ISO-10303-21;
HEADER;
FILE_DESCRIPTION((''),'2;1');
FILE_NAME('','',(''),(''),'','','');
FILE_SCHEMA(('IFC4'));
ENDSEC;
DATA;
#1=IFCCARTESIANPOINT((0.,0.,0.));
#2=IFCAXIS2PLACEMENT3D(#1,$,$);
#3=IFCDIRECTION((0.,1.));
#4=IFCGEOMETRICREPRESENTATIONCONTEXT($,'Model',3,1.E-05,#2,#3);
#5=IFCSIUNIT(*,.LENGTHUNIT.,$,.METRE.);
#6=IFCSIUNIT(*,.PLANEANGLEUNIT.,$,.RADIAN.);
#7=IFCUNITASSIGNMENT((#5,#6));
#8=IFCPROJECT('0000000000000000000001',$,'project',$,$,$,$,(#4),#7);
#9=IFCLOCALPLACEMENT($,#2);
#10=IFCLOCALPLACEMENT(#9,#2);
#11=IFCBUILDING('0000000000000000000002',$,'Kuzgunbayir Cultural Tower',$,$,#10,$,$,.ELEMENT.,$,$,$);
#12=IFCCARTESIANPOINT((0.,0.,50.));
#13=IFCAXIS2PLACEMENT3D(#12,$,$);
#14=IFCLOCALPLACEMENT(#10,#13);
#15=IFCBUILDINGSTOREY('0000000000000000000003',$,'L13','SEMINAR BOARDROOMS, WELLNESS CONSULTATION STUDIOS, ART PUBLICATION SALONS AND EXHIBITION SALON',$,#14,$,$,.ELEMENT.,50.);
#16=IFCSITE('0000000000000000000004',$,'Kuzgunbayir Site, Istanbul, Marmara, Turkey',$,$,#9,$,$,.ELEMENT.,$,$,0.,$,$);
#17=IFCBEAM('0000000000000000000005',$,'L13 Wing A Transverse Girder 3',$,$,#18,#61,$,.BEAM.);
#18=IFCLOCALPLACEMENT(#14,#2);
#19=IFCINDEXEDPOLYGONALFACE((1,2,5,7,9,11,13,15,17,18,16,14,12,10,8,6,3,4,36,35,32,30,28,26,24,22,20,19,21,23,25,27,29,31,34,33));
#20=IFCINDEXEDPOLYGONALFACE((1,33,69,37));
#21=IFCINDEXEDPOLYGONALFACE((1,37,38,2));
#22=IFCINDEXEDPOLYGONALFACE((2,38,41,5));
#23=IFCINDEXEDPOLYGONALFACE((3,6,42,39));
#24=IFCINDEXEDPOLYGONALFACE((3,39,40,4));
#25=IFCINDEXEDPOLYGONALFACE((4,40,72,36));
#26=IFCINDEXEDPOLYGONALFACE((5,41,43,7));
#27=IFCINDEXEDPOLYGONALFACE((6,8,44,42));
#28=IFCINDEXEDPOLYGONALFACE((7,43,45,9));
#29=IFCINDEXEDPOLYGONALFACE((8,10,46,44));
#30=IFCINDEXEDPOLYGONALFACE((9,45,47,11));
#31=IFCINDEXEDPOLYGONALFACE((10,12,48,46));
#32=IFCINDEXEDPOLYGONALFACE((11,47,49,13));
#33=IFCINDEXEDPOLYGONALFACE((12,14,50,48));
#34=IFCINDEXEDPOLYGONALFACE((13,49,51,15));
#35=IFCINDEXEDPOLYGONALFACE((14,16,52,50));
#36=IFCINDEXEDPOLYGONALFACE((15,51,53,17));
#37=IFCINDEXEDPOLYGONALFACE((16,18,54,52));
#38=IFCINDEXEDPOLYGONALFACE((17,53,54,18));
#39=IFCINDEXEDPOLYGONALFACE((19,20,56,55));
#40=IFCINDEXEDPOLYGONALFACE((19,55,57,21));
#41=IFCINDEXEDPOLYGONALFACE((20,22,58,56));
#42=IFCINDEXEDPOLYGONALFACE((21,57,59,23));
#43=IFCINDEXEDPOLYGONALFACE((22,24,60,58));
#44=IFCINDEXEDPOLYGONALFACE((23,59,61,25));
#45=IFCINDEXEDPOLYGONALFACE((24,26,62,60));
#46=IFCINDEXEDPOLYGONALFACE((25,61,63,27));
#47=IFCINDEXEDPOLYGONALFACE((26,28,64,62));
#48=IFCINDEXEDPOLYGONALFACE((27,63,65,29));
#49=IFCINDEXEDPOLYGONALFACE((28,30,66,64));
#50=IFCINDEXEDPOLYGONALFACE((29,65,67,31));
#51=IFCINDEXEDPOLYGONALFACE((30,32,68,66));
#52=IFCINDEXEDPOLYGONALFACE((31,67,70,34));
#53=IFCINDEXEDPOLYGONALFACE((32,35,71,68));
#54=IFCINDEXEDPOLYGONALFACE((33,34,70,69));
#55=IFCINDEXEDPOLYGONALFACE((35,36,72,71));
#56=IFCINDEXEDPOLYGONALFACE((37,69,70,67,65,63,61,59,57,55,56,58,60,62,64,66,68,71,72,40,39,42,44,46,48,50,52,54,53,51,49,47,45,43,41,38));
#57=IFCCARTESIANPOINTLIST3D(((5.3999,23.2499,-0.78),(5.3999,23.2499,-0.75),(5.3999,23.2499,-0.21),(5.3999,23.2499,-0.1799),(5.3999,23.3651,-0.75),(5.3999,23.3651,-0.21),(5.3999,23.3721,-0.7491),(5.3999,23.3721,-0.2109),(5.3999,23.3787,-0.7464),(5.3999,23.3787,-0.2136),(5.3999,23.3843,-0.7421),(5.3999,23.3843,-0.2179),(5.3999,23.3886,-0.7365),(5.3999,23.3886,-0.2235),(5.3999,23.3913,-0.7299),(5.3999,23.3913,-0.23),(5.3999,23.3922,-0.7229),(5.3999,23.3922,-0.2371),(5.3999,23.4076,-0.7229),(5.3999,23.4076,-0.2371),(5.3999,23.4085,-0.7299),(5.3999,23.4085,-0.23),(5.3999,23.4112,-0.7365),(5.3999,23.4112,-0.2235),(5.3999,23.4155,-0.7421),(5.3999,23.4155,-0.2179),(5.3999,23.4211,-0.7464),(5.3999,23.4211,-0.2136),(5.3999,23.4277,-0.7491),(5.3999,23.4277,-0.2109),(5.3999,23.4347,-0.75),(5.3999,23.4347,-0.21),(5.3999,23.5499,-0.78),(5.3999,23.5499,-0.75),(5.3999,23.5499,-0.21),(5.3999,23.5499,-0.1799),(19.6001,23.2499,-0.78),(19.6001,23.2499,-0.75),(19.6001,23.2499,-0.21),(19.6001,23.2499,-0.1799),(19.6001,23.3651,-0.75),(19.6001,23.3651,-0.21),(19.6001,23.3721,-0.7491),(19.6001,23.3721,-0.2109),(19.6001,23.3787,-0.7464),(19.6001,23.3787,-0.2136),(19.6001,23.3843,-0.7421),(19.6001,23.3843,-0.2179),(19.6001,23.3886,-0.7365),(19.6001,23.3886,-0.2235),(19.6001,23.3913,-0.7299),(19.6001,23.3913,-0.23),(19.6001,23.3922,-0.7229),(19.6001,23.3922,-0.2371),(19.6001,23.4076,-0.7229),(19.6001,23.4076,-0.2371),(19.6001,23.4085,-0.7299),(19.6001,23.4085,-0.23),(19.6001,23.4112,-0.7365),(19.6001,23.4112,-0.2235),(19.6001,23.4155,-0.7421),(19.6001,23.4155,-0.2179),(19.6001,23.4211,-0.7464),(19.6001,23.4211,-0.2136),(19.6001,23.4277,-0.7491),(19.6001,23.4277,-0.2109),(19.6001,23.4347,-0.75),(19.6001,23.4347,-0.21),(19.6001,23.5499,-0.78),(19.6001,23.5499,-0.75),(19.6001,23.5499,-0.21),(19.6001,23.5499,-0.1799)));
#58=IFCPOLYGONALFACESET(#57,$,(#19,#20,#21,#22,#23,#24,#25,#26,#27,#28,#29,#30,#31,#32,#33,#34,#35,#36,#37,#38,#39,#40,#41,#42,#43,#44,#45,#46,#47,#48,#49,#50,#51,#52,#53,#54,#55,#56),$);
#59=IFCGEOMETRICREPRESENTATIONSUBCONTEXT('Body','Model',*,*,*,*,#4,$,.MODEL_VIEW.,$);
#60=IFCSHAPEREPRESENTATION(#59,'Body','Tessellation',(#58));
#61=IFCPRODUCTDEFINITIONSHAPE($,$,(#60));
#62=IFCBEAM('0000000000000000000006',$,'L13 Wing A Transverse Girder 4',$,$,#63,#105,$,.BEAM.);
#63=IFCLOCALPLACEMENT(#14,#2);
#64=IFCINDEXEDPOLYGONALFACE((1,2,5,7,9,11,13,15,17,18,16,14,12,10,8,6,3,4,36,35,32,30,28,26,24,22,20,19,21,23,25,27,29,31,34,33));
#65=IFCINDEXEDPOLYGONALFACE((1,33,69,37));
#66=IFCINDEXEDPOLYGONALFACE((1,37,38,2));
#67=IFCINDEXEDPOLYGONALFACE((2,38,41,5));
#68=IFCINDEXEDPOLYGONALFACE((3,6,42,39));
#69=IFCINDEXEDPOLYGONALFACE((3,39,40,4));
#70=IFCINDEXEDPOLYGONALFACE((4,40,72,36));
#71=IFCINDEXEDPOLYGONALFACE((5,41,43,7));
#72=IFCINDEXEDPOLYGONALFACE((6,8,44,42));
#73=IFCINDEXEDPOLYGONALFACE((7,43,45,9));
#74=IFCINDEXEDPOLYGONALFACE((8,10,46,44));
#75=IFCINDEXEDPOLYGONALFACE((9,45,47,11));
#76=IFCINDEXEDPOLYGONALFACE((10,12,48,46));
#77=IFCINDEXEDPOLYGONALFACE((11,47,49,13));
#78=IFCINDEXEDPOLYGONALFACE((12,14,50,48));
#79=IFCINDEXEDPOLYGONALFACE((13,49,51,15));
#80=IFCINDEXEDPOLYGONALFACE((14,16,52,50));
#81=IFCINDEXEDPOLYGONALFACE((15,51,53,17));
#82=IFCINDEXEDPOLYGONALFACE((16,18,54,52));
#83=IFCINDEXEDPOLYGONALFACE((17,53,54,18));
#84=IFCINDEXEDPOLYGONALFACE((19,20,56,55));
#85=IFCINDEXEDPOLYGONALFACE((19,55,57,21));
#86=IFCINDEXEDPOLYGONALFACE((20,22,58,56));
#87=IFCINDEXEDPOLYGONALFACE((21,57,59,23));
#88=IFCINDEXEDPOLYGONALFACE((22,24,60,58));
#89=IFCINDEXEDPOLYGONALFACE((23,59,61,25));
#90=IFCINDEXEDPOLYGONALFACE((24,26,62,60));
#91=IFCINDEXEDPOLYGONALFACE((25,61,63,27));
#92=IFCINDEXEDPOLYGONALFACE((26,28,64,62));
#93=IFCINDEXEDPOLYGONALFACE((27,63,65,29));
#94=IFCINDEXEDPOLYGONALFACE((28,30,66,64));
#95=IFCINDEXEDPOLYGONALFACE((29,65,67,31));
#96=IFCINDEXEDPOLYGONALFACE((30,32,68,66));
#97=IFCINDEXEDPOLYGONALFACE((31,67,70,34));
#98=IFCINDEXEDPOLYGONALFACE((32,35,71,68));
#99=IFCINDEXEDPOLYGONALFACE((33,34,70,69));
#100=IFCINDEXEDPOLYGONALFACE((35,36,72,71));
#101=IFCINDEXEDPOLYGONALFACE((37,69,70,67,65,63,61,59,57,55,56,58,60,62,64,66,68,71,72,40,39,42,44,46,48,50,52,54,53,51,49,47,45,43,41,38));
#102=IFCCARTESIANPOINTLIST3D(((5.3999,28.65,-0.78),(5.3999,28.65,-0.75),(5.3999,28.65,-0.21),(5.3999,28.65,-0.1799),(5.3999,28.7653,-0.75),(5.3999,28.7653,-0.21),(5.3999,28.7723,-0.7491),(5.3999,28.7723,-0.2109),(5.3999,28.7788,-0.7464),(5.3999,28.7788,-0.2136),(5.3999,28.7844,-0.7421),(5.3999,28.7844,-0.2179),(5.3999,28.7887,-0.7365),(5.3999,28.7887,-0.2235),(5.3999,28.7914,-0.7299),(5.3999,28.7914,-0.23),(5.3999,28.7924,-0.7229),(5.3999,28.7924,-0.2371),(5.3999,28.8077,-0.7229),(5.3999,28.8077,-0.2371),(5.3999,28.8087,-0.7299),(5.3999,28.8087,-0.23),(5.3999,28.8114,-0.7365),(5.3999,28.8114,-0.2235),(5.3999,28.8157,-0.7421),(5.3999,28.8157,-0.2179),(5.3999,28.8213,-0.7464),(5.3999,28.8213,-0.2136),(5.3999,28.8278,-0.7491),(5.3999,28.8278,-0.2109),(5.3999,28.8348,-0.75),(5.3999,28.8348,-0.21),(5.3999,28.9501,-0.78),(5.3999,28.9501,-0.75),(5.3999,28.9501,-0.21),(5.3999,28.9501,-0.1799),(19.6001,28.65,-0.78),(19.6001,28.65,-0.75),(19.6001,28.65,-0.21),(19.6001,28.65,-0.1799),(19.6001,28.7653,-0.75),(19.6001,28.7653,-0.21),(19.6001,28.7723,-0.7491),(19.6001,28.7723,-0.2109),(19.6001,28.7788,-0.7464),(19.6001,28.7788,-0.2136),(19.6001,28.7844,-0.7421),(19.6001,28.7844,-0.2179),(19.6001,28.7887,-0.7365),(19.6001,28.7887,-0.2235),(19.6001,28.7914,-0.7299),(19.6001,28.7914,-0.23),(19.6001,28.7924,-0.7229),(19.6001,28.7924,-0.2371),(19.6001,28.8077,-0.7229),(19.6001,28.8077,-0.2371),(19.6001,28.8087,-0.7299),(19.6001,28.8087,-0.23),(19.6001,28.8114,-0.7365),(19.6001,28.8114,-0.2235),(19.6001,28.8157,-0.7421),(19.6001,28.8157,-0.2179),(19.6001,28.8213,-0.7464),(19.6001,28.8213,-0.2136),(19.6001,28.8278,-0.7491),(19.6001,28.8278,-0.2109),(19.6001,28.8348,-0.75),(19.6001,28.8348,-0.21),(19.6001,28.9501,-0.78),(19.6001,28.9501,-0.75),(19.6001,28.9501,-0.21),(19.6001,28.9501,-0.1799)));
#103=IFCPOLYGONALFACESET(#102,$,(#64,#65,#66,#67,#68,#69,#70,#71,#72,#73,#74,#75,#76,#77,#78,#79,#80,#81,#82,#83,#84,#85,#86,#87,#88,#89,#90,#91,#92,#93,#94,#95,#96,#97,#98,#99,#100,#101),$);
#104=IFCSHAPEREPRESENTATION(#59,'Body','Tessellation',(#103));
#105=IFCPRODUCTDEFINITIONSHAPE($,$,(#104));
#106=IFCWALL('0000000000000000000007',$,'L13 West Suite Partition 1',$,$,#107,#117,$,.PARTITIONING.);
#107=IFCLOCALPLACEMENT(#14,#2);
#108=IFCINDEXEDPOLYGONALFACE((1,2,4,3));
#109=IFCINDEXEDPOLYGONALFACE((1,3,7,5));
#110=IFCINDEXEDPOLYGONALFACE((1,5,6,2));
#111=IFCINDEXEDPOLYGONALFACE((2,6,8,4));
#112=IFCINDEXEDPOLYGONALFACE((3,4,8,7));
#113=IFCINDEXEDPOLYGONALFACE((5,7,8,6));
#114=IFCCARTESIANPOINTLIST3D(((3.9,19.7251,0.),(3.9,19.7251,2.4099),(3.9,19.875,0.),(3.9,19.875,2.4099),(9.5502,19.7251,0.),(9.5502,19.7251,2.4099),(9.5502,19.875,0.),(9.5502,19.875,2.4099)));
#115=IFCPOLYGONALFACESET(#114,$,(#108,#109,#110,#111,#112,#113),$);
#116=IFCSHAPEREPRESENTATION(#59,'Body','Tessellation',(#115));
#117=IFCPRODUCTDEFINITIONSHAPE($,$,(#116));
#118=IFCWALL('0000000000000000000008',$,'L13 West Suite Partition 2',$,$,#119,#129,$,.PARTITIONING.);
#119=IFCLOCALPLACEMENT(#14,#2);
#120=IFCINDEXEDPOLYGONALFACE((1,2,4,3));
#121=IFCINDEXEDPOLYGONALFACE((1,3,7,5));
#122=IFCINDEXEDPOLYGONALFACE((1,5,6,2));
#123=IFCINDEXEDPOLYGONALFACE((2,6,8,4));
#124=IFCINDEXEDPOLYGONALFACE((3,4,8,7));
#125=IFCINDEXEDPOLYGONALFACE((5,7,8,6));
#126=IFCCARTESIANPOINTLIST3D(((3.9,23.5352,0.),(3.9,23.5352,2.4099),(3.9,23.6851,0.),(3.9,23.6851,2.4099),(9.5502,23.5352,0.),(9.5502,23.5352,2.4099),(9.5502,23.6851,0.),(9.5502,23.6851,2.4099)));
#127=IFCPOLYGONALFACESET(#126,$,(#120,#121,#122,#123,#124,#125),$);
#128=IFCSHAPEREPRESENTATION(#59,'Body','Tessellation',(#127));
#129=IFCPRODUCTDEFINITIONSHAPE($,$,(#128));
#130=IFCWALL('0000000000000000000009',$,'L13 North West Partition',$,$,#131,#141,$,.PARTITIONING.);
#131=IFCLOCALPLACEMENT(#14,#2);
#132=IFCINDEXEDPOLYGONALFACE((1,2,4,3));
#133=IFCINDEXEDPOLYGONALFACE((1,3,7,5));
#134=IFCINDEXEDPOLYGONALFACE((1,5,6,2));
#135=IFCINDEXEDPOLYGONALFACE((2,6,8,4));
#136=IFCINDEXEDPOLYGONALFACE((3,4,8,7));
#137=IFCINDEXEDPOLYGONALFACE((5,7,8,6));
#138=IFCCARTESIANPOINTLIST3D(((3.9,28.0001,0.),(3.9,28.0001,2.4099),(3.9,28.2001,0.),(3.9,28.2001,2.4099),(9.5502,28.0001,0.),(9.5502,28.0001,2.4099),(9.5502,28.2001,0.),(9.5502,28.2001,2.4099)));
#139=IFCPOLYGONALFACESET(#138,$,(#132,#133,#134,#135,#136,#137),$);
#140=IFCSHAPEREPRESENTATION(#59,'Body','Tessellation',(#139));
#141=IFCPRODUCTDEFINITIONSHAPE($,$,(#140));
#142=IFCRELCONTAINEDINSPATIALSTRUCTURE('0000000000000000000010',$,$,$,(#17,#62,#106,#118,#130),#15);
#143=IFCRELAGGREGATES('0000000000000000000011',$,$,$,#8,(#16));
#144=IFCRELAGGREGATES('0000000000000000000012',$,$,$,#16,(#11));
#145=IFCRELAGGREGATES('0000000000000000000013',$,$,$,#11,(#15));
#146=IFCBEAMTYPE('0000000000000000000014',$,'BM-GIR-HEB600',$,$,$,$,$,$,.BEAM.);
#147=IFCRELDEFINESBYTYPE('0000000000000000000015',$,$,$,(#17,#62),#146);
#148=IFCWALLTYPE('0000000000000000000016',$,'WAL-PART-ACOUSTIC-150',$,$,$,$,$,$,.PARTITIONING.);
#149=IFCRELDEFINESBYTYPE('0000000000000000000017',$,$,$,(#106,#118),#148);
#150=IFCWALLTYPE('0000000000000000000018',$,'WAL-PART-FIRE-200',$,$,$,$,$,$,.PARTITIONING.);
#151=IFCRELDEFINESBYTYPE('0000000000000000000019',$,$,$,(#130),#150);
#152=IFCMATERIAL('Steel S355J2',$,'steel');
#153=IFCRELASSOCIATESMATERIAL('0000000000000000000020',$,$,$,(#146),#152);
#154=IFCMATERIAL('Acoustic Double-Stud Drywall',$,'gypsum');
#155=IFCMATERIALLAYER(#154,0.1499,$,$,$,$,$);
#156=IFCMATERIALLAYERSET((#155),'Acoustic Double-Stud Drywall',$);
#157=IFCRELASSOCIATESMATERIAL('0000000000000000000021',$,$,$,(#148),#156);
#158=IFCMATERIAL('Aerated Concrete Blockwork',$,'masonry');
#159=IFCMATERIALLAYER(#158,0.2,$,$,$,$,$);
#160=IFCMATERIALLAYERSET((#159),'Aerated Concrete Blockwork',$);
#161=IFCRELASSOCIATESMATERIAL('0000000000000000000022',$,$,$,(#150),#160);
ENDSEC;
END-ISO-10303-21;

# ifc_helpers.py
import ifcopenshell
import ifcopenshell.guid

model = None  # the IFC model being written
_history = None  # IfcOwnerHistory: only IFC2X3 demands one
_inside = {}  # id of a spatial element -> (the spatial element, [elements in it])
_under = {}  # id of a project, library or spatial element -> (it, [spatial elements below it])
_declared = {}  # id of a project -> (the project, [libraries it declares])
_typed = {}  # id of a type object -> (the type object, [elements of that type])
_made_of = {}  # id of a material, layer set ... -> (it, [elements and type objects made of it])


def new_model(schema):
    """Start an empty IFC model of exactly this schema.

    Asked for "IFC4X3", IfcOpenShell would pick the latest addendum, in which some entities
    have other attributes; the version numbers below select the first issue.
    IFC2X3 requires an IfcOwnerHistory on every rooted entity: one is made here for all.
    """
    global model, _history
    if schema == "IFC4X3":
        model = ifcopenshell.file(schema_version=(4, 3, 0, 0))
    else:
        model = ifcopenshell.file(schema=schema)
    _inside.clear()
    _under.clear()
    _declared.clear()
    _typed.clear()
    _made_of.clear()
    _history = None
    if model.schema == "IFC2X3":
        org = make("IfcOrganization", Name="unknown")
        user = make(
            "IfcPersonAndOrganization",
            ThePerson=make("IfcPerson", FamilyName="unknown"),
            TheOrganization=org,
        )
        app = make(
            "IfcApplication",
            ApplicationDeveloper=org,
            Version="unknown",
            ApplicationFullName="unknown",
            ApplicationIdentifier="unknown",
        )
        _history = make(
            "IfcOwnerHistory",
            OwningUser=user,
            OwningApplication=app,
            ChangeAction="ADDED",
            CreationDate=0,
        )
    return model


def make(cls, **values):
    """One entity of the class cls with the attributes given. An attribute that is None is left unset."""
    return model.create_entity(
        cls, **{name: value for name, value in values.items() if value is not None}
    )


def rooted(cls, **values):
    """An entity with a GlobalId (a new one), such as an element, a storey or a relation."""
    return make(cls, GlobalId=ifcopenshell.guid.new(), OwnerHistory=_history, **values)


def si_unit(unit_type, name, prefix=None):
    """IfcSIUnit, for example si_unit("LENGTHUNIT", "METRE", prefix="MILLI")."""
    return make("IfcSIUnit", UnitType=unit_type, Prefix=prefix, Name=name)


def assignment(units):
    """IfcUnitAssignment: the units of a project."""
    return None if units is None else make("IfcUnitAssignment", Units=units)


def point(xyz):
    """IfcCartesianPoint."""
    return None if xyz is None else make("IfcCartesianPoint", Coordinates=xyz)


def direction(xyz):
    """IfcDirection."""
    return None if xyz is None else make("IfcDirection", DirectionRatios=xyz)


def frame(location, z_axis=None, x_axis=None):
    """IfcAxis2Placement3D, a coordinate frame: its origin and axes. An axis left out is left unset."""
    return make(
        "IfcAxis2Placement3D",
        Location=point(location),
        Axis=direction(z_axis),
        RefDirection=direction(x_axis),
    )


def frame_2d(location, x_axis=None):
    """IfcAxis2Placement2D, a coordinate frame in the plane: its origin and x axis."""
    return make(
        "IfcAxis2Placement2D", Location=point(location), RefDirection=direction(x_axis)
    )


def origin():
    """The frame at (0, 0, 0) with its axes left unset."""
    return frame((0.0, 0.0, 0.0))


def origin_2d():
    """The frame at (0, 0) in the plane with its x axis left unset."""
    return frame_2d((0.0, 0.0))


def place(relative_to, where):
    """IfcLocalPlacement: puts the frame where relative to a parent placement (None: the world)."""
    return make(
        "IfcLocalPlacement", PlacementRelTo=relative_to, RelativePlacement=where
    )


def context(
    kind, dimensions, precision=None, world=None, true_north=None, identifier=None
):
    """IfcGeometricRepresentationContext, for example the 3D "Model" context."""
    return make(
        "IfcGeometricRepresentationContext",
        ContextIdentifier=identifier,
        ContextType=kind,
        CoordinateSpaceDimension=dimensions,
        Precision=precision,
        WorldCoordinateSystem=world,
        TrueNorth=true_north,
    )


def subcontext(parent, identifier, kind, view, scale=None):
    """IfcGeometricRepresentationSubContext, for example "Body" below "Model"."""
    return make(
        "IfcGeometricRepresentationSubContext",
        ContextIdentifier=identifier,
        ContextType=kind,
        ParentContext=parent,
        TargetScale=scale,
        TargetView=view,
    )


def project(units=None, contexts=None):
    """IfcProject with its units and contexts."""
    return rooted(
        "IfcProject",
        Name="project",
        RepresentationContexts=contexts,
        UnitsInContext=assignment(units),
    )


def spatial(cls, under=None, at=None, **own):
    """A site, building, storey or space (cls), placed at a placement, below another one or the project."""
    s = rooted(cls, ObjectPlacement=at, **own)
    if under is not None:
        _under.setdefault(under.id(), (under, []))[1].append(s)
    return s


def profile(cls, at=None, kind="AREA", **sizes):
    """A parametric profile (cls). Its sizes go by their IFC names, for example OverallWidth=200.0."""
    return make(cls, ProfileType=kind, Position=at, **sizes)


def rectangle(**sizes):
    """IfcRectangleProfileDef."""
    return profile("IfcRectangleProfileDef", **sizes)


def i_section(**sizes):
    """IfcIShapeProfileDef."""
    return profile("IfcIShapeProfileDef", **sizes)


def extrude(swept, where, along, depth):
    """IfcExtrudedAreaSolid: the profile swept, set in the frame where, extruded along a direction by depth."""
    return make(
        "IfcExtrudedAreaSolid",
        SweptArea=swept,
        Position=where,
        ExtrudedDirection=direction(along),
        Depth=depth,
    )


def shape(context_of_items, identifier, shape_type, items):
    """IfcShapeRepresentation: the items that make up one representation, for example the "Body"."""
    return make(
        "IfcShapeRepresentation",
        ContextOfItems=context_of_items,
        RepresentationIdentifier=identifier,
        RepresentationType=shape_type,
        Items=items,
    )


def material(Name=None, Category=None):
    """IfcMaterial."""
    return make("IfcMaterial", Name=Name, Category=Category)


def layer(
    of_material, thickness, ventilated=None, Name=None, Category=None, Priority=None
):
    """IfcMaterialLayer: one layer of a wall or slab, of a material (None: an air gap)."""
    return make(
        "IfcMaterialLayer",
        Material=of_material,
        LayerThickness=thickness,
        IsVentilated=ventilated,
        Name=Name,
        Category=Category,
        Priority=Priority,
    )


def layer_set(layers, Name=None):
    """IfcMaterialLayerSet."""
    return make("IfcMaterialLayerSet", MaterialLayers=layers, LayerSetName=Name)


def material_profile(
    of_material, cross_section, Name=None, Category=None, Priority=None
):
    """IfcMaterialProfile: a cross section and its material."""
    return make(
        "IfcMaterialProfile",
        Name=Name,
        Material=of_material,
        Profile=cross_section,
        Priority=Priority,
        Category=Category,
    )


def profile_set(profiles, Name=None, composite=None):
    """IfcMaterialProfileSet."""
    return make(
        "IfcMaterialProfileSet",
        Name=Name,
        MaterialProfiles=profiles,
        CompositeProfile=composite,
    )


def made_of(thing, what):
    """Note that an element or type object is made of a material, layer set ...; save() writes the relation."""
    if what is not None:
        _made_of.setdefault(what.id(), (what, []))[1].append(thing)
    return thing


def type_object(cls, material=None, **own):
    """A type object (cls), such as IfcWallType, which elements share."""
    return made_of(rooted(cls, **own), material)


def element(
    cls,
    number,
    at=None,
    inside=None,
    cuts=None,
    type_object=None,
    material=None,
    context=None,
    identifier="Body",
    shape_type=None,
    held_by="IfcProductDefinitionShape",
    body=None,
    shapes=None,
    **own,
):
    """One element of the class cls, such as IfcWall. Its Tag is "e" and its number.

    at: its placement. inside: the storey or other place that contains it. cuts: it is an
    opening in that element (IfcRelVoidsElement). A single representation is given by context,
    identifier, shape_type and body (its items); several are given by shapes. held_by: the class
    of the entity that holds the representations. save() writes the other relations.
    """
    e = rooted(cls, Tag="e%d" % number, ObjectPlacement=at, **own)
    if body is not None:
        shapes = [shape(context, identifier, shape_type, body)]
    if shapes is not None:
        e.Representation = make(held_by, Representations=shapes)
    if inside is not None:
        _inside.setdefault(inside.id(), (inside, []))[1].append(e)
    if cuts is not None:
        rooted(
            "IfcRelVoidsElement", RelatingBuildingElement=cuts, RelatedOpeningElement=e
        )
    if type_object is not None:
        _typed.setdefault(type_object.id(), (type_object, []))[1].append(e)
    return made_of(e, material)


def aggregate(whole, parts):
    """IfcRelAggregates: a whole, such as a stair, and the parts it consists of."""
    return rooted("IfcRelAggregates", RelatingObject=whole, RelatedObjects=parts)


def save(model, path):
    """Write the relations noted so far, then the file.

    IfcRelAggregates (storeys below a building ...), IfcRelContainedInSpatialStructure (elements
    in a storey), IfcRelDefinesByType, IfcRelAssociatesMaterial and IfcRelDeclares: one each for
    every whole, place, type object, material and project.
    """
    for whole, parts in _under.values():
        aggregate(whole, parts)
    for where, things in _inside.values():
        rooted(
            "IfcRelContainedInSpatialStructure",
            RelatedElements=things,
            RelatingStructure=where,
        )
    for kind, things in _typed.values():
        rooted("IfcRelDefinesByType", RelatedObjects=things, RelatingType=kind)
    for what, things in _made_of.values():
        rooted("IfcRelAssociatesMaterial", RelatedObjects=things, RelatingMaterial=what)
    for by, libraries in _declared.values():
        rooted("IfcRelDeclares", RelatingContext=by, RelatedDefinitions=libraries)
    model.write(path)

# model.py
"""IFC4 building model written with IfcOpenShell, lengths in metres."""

from ifc_helpers import new_model, si_unit, direction, frame, frame_2d, origin, origin_2d, place, context, subcontext, project, spatial, rectangle, i_section, extrude, material, layer, layer_set, material_profile, profile_set, type_object, element, save


model = new_model("IFC4")

# Units and contexts
model_context = context("Model", 3, precision=1e-05, world=origin(), true_north=direction((0.0, 1.0)))
body_context = subcontext(model_context, "Body", "Model", "MODEL_VIEW")
ifc_project = project(units=[si_unit("LENGTHUNIT", "METRE"), si_unit("PLANEANGLEUNIT", "RADIAN")], contexts=[model_context])

# Site, building, storey
site_placement = place(None, origin())
site = spatial("IfcSite", under=ifc_project, at=site_placement, Name="Kuzgunbayir Site, Istanbul, Marmara, Turkey", CompositionType="ELEMENT", RefElevation=0.0)
building_placement = place(site_placement, origin())
building = spatial("IfcBuilding", under=site, at=building_placement, Name="Kuzgunbayir Cultural Tower", CompositionType="ELEMENT")
storey_placement = place(building_placement, frame((0.0, 0.0, 50.0)))
storey = spatial("IfcBuildingStorey", under=building, at=storey_placement, Name="L13", Description="SEMINAR BOARDROOMS, WELLNESS CONSULTATION STUDIOS, ART PUBLICATION SALONS AND EXHIBITION SALON", CompositionType="ELEMENT", Elevation=50.0)

# Beams
ifc_material_1 = material(Name="Steel S355J2", Category="steel")
ifc_material_profile_1 = material_profile(ifc_material_1, i_section(OverallWidth=0.3, OverallDepth=0.6001, WebThickness=0.0154, FlangeThickness=0.03, FilletRadius=0.0271, at=origin_2d()), Name="HEB 600")
ifc_profile_set_1 = profile_set([ifc_material_profile_1], Name="Steel S355J2")
beam_type_1 = type_object("IfcBeamType", Name="BM-GIR-HEB600", PredefinedType="BEAM", material=ifc_profile_set_1)
for number, where, z_axis, x_axis, name in (
    (1, (5.3999, 23.3999, -0.48), (1.0, 0.0, 0.0), (0.0, 1.0, 0.0), "L13 Wing A Transverse Girder 3"),
    (2, (5.3999, 28.8, -0.48), (1.0, 0.0, 0.0), (0.0, 1.0, 0.0), "L13 Wing A Transverse Girder 4"),
):
    element("IfcBeam", number, at=place(storey_placement, frame(where, z_axis=z_axis, x_axis=x_axis)), inside=storey, type_object=beam_type_1, Name=name, PredefinedType="BEAM", context=body_context, shape_type="SweptSolid", body=[
        extrude(i_section(OverallWidth=0.3, OverallDepth=0.6001, WebThickness=0.0154, FlangeThickness=0.03, FilletRadius=0.0271, at=origin_2d()), origin(), (0.0, 0.0, 1.0), 14.2002),
    ])

# Walls
ifc_material_2 = material(Name="Acoustic Double-Stud Drywall", Category="gypsum")
ifc_layer_1 = layer(ifc_material_2, 0.1499)
ifc_layer_set_1 = layer_set([ifc_layer_1], Name="Acoustic Double-Stud Drywall")
wall_type_1 = type_object("IfcWallType", Name="WAL-PART-ACOUSTIC-150", PredefinedType="PARTITIONING", material=ifc_layer_set_1)
for number, where, z_axis, x_axis, name in (
    (3, (3.8999, 19.8, 0.0), (0.0, 0.0, 1.0), (1.0, 0.0, 0.0), "L13 West Suite Partition 1"),
    (4, (3.8999, 23.6101, 0.0), (0.0, 0.0, 1.0), (1.0, 0.0, 0.0), "L13 West Suite Partition 2"),
):
    element("IfcWall", number, at=place(storey_placement, frame(where, z_axis=z_axis, x_axis=x_axis)), inside=storey, type_object=wall_type_1, Name=name, PredefinedType="PARTITIONING", context=body_context, shape_type="SweptSolid", body=[
        extrude(rectangle(XDim=5.6501, YDim=0.1499, at=frame_2d((2.8252, 0.0))), origin(), (0.0, 0.0, 1.0), 2.4099),
    ])
ifc_material_3 = material(Name="Aerated Concrete Blockwork", Category="masonry")
ifc_layer_2 = layer(ifc_material_3, 0.2)
ifc_layer_set_2 = layer_set([ifc_layer_2], Name="Aerated Concrete Blockwork")
wall_type_2 = type_object("IfcWallType", Name="WAL-PART-FIRE-200", PredefinedType="PARTITIONING", material=ifc_layer_set_2)
wall_placement = place(storey_placement, frame((3.8999, 28.1001, 0.0), z_axis=(0.0, 0.0, 1.0), x_axis=(1.0, 0.0, 0.0)))
element("IfcWall", 5, at=wall_placement, inside=storey, type_object=wall_type_2, Name="L13 North West Partition", PredefinedType="PARTITIONING", context=body_context, shape_type="SweptSolid", body=[
    extrude(rectangle(XDim=5.6501, YDim=0.2, at=frame_2d((2.8252, 0.0))), origin(), (0.0, 0.0, 1.0), 2.4099),
])

save(model, "model.ifc")
